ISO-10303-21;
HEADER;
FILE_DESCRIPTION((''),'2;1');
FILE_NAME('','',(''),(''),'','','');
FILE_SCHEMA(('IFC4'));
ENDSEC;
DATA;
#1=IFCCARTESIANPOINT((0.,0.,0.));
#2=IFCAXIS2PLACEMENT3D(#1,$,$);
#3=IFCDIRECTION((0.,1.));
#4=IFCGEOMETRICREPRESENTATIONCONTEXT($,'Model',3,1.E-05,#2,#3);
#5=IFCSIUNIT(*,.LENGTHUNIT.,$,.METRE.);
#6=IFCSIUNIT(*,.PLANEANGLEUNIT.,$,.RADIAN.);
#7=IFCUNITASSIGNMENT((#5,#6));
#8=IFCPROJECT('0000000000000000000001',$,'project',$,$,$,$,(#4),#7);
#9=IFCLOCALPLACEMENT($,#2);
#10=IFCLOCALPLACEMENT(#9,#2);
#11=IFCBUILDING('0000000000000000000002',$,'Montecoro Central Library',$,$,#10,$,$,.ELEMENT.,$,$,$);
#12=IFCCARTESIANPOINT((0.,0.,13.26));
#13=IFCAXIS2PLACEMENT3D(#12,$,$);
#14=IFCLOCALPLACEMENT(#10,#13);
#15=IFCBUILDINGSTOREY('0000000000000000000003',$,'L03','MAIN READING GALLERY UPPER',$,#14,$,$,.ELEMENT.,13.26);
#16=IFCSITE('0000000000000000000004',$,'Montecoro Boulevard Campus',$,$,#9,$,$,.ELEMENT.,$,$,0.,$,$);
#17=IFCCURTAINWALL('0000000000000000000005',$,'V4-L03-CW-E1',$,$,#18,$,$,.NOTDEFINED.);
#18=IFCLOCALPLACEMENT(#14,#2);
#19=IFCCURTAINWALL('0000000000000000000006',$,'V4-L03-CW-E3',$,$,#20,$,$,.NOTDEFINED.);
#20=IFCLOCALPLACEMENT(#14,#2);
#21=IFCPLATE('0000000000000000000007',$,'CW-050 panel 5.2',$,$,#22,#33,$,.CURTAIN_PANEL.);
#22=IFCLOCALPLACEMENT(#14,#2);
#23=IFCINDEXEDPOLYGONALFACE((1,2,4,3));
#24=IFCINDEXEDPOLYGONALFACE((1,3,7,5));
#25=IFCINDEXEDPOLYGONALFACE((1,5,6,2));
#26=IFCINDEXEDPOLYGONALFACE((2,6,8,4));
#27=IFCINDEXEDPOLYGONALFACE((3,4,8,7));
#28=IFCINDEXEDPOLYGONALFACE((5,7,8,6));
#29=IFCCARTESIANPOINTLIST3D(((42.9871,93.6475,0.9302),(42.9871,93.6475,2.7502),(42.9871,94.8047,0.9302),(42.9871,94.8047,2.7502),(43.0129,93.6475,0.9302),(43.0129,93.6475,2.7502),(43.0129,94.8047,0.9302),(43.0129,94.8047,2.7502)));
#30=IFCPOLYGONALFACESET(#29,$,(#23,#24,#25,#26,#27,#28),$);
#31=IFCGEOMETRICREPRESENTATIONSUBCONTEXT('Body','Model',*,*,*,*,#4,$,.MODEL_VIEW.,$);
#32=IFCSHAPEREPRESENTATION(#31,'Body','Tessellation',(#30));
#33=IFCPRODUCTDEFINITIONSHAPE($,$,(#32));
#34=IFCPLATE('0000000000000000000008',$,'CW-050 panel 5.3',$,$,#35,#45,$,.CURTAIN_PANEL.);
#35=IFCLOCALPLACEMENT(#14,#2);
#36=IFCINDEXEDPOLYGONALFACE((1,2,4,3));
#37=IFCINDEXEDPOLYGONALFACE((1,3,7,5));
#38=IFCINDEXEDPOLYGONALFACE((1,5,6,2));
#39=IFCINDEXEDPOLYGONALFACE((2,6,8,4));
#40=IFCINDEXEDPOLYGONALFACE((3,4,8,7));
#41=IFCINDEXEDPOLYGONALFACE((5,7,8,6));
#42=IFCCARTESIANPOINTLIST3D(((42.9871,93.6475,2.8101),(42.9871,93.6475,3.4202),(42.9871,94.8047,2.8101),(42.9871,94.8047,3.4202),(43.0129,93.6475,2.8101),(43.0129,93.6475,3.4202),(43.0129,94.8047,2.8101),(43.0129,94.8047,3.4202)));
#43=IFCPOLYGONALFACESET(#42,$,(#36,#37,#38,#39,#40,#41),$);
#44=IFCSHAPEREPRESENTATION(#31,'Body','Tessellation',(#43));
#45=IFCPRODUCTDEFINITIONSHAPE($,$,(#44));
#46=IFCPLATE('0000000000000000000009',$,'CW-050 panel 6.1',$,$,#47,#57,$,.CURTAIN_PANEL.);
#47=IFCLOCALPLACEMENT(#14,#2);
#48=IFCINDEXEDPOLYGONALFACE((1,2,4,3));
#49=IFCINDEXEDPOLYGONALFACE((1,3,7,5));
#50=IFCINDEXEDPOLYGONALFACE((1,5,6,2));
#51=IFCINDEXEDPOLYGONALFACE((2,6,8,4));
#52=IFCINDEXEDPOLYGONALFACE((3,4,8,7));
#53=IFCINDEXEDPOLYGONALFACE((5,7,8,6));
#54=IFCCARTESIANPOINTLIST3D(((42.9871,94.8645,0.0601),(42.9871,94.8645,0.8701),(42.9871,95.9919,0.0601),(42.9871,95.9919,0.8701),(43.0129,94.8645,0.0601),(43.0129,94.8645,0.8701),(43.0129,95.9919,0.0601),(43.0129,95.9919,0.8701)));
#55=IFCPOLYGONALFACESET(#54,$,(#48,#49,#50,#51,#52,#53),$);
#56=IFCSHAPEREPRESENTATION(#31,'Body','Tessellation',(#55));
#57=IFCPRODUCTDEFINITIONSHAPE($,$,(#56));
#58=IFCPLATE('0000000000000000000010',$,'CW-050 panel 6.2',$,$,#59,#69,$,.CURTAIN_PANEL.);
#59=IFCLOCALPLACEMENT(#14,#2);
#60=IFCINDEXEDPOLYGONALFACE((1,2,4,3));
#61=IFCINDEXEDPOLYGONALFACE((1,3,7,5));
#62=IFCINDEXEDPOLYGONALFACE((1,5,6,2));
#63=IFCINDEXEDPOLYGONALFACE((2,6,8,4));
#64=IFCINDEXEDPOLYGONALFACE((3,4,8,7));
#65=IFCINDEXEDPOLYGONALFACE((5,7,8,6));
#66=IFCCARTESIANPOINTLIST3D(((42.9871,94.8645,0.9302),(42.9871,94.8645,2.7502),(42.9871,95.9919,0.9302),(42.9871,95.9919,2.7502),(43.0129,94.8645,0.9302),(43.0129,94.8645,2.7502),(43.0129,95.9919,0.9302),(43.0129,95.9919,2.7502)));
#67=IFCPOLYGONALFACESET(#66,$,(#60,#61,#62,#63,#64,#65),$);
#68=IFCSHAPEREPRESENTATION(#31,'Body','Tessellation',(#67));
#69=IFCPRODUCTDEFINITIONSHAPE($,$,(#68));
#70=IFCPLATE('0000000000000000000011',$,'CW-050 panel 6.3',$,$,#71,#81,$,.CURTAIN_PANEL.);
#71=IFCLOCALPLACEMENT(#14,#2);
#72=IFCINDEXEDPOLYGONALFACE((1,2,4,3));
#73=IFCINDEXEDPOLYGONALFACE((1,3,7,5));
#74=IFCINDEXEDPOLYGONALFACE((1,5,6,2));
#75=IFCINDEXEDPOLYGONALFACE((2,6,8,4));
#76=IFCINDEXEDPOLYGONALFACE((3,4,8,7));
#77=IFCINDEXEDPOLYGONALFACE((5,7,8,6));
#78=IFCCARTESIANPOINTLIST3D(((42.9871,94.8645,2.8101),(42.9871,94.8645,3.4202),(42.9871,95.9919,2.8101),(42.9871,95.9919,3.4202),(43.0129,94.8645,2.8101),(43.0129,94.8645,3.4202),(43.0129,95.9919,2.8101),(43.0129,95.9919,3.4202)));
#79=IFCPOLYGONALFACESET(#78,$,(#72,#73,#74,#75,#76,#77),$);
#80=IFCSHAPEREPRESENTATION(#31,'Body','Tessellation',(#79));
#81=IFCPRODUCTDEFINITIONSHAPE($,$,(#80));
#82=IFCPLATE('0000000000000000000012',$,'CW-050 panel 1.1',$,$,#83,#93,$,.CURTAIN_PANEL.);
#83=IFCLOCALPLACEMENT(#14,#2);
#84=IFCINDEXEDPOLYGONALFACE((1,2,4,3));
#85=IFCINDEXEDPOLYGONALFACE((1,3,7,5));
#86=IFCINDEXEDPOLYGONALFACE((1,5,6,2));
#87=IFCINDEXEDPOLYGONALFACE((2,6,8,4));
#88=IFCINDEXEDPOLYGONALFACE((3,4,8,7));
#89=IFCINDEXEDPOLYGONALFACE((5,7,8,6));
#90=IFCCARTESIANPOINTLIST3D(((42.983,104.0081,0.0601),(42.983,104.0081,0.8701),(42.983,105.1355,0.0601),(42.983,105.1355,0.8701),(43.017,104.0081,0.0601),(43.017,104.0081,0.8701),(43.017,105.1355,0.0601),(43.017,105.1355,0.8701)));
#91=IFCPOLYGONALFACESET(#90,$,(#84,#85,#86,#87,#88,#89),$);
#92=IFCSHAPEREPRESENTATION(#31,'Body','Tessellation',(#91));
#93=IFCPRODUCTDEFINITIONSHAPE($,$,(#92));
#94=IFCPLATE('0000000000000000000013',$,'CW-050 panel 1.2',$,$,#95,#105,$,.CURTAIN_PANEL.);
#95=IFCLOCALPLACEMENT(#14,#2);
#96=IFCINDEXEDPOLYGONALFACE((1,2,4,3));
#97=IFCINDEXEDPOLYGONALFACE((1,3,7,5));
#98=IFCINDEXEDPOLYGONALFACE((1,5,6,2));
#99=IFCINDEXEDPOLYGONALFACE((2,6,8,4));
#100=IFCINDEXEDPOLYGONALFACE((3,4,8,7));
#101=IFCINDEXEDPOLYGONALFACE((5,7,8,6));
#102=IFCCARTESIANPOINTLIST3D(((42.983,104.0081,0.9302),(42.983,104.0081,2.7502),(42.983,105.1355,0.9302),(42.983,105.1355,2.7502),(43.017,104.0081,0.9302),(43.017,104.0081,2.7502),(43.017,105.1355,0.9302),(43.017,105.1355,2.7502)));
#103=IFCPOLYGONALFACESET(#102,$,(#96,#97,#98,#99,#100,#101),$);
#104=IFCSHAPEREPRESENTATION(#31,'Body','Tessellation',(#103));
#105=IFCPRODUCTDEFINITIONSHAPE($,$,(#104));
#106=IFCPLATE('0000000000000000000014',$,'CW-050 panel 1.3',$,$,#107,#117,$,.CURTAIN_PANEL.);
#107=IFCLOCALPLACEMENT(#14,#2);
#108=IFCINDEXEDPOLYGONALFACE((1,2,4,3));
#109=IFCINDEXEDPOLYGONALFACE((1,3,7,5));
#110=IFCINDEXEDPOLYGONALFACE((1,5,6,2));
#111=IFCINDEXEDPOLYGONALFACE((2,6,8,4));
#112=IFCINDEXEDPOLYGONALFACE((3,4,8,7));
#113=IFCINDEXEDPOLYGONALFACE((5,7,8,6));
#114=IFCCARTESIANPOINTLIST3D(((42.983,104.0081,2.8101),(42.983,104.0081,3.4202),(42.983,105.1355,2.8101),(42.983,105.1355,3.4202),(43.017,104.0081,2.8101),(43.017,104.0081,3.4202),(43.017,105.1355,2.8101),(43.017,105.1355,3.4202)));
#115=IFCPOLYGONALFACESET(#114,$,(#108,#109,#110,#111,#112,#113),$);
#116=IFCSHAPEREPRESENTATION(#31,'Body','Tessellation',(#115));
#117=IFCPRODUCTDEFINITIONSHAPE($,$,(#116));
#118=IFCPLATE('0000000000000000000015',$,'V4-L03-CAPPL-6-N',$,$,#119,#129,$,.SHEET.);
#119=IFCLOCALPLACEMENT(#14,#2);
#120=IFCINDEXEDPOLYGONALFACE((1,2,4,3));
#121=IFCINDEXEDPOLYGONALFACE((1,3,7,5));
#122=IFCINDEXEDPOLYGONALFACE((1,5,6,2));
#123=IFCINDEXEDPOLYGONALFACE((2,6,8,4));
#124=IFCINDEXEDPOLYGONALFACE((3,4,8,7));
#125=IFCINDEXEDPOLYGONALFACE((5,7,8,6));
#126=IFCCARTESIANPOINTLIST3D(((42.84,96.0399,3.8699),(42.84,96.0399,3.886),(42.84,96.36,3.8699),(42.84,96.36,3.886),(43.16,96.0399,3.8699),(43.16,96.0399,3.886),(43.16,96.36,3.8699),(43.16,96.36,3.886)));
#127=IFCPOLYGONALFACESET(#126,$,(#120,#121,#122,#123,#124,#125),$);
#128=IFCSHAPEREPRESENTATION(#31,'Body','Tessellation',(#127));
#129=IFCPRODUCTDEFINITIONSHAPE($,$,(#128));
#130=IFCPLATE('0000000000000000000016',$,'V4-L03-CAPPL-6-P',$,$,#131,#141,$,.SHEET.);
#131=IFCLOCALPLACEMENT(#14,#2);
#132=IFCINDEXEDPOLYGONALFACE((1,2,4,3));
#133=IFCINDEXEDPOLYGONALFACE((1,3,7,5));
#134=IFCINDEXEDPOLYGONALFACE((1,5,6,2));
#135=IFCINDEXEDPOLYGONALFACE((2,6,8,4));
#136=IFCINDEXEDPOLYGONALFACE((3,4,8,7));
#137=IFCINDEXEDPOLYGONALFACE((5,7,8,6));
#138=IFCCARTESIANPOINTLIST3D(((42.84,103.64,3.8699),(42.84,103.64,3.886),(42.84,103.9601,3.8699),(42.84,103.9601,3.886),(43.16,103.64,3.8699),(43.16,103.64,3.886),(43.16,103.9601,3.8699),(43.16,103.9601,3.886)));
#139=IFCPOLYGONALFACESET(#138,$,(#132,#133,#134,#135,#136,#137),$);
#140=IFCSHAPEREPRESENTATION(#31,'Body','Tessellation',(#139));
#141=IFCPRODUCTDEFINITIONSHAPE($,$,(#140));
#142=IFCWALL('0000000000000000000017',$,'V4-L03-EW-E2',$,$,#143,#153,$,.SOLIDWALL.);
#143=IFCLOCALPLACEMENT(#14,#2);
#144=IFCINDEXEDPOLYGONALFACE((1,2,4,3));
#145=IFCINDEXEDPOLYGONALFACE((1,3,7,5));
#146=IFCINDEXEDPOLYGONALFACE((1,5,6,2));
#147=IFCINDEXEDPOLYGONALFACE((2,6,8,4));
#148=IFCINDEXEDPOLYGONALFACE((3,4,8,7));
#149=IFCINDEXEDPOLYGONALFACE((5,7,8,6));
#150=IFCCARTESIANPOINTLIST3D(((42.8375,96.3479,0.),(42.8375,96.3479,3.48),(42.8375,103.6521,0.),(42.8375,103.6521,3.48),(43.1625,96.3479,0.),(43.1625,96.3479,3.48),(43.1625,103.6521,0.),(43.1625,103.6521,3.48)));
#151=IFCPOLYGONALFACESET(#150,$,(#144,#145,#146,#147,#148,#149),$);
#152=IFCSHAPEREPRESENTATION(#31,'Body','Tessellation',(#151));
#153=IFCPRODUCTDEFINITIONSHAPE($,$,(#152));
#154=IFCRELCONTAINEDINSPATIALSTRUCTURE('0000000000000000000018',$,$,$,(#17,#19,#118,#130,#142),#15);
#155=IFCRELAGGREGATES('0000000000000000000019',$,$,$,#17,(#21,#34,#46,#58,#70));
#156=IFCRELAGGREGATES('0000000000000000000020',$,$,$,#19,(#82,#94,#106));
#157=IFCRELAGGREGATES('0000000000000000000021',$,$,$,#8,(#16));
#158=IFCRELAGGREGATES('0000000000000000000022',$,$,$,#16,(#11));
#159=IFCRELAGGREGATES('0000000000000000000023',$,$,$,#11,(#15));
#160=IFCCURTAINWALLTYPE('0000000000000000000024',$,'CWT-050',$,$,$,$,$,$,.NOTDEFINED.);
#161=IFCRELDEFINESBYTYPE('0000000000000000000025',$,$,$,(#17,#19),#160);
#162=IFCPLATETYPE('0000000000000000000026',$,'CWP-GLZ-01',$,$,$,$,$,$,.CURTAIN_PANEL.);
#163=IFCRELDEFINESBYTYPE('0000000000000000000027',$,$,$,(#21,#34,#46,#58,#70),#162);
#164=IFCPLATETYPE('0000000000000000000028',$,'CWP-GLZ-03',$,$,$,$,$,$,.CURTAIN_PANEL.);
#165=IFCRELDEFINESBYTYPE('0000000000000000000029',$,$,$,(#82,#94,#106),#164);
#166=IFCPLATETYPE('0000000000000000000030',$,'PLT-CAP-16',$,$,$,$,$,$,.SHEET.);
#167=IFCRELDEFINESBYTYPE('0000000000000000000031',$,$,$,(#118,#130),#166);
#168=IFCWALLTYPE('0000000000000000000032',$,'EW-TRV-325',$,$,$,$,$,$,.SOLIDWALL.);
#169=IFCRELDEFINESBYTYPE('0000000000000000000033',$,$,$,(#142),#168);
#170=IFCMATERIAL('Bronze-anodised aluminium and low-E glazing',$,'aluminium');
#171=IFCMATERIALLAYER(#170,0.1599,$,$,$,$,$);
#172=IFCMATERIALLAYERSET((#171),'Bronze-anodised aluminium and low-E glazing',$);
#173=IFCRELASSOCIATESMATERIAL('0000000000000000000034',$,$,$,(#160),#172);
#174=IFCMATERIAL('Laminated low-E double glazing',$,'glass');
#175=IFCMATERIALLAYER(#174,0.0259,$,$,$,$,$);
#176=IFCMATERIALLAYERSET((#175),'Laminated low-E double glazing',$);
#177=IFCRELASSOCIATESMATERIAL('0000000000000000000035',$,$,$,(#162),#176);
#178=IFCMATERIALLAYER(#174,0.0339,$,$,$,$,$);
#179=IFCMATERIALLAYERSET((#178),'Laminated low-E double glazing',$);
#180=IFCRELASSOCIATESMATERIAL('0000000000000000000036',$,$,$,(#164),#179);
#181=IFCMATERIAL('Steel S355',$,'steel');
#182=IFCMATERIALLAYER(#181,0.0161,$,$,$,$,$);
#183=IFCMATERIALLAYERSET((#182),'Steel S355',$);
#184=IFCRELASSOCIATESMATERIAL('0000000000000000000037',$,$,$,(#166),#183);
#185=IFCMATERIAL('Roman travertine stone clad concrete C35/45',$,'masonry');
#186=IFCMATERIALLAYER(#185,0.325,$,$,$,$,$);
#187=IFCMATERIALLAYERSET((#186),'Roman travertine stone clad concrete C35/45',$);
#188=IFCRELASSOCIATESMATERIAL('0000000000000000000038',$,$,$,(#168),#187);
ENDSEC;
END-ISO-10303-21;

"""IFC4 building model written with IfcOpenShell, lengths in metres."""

from ifc_helpers import new_model, si_unit, direction, frame, frame_2d, origin, origin_2d, place, context, subcontext, project, spatial, rectangle, extrude, material, layer, layer_set, type_object, element, aggregate, save


model = new_model("IFC4")

# Units and contexts
model_context = context("Model", 3, precision=1e-05, world=origin(), true_north=direction((0.0, 1.0)))
body_context = subcontext(model_context, "Body", "Model", "MODEL_VIEW")
ifc_project = project(units=[si_unit("LENGTHUNIT", "METRE"), si_unit("PLANEANGLEUNIT", "RADIAN")], contexts=[model_context])

# Site, building, storey
site_placement = place(None, origin())
site = spatial("IfcSite", under=ifc_project, at=site_placement, Name="Montecoro Boulevard Campus", CompositionType="ELEMENT", RefElevation=0.0)
building_placement = place(site_placement, origin())
building = spatial("IfcBuilding", under=site, at=building_placement, Name="Montecoro Central Library", CompositionType="ELEMENT")
storey_placement = place(building_placement, frame((0.0, 0.0, 13.26)))
storey = spatial("IfcBuildingStorey", under=building, at=storey_placement, Name="L03", Description="MAIN READING GALLERY UPPER", CompositionType="ELEMENT", Elevation=13.26)

# Shared definitions
ifc_material_1 = material(Name="Steel S355", Category="steel")

# Curtain walls
ifc_material_2 = material(Name="Bronze-anodised aluminium and low-E glazing", Category="aluminium")
ifc_layer_1 = layer(ifc_material_2, 0.1599)
ifc_layer_set_1 = layer_set([ifc_layer_1], Name="Bronze-anodised aluminium and low-E glazing")
curtain_wall_type = type_object("IfcCurtainWallType", Name="CWT-050", PredefinedType="NOTDEFINED", material=ifc_layer_set_1)
curtain_wall_1_placement = place(storey_placement, origin())
curtain_wall_1 = element("IfcCurtainWall", 1, at=curtain_wall_1_placement, inside=storey, type_object=curtain_wall_type, Name="V4-L03-CW-E1", PredefinedType="NOTDEFINED")
curtain_wall_2_placement = place(storey_placement, origin())
curtain_wall_2 = element("IfcCurtainWall", 2, at=curtain_wall_2_placement, inside=storey, type_object=curtain_wall_type, Name="V4-L03-CW-E3", PredefinedType="NOTDEFINED")

# Plates
ifc_material_3 = material(Name="Laminated low-E double glazing", Category="glass")
ifc_layer_2 = layer(ifc_material_3, 0.0259)
ifc_layer_set_2 = layer_set([ifc_layer_2], Name="Laminated low-E double glazing")
plate_type_1 = type_object("IfcPlateType", Name="CWP-GLZ-01", PredefinedType="CURTAIN_PANEL", material=ifc_layer_set_2)
plate_1_placement = place(storey_placement, frame((43.0, 94.2261, 0.9302), z_axis=(0.0, 0.0, 1.0), x_axis=(0.0, 1.0, 0.0)))
plate_1 = element("IfcPlate", 3, at=plate_1_placement, type_object=plate_type_1, Name="CW-050 panel 5.2", PredefinedType="CURTAIN_PANEL", context=body_context, shape_type="SweptSolid", body=[
    extrude(rectangle(XDim=1.1572, YDim=0.0259, at=origin_2d()), origin(), (0.0, 0.0, 1.0), 1.8201),
])
plate_2_placement = place(storey_placement, frame((43.0, 94.2261, 2.8101), z_axis=(0.0, 0.0, 1.0), x_axis=(0.0, 1.0, 0.0)))
plate_2 = element("IfcPlate", 4, at=plate_2_placement, type_object=plate_type_1, Name="CW-050 panel 5.3", PredefinedType="CURTAIN_PANEL", context=body_context, shape_type="SweptSolid", body=[
    extrude(rectangle(XDim=1.1572, YDim=0.0259, at=origin_2d()), origin(), (0.0, 0.0, 1.0), 0.6101),
])
plate_3_placement = place(storey_placement, frame((43.0, 95.4282, 0.0601), z_axis=(0.0, 0.0, 1.0), x_axis=(0.0, 1.0, 0.0)))
plate_3 = element("IfcPlate", 5, at=plate_3_placement, type_object=plate_type_1, Name="CW-050 panel 6.1", PredefinedType="CURTAIN_PANEL", context=body_context, shape_type="SweptSolid", body=[
    extrude(rectangle(XDim=1.1274, YDim=0.0259, at=origin_2d()), origin(), (0.0, 0.0, 1.0), 0.8101),
])
plate_4_placement = place(storey_placement, frame((43.0, 95.4282, 0.9302), z_axis=(0.0, 0.0, 1.0), x_axis=(0.0, 1.0, 0.0)))
plate_4 = element("IfcPlate", 6, at=plate_4_placement, type_object=plate_type_1, Name="CW-050 panel 6.2", PredefinedType="CURTAIN_PANEL", context=body_context, shape_type="SweptSolid", body=[
    extrude(rectangle(XDim=1.1274, YDim=0.0259, at=origin_2d()), origin(), (0.0, 0.0, 1.0), 1.8201),
])
plate_5_placement = place(storey_placement, frame((43.0, 95.4282, 2.8101), z_axis=(0.0, 0.0, 1.0), x_axis=(0.0, 1.0, 0.0)))
plate_5 = element("IfcPlate", 7, at=plate_5_placement, type_object=plate_type_1, Name="CW-050 panel 6.3", PredefinedType="CURTAIN_PANEL", context=body_context, shape_type="SweptSolid", body=[
    extrude(rectangle(XDim=1.1274, YDim=0.0259, at=origin_2d()), origin(), (0.0, 0.0, 1.0), 0.6101),
])
aggregate(curtain_wall_1, [plate_1, plate_2, plate_3, plate_4, plate_5])
ifc_layer_3 = layer(ifc_material_3, 0.0339)
ifc_layer_set_3 = layer_set([ifc_layer_3], Name="Laminated low-E double glazing")
plate_type_2 = type_object("IfcPlateType", Name="CWP-GLZ-03", PredefinedType="CURTAIN_PANEL", material=ifc_layer_set_3)
plate_6_placement = place(storey_placement, frame((43.0, 104.5718, 0.0601), z_axis=(0.0, 0.0, 1.0), x_axis=(0.0, 1.0, 0.0)))
plate_6 = element("IfcPlate", 8, at=plate_6_placement, type_object=plate_type_2, Name="CW-050 panel 1.1", PredefinedType="CURTAIN_PANEL", context=body_context, shape_type="SweptSolid", body=[
    extrude(rectangle(XDim=1.1274, YDim=0.0339, at=origin_2d()), origin(), (0.0, 0.0, 1.0), 0.8101),
])
plate_7_placement = place(storey_placement, frame((43.0, 104.5718, 0.9302), z_axis=(0.0, 0.0, 1.0), x_axis=(0.0, 1.0, 0.0)))
plate_7 = element("IfcPlate", 9, at=plate_7_placement, type_object=plate_type_2, Name="CW-050 panel 1.2", PredefinedType="CURTAIN_PANEL", context=body_context, shape_type="SweptSolid", body=[
    extrude(rectangle(XDim=1.1274, YDim=0.0339, at=origin_2d()), origin(), (0.0, 0.0, 1.0), 1.8201),
])
plate_8_placement = place(storey_placement, frame((43.0, 104.5718, 2.8101), z_axis=(0.0, 0.0, 1.0), x_axis=(0.0, 1.0, 0.0)))
plate_8 = element("IfcPlate", 10, at=plate_8_placement, type_object=plate_type_2, Name="CW-050 panel 1.3", PredefinedType="CURTAIN_PANEL", context=body_context, shape_type="SweptSolid", body=[
    extrude(rectangle(XDim=1.1274, YDim=0.0339, at=origin_2d()), origin(), (0.0, 0.0, 1.0), 0.6101),
])
aggregate(curtain_wall_2, [plate_6, plate_7, plate_8])

# Plates
ifc_layer_4 = layer(ifc_material_1, 0.0161)
ifc_layer_set_4 = layer_set([ifc_layer_4], Name="Steel S355")
plate_type_3 = type_object("IfcPlateType", Name="PLT-CAP-16", PredefinedType="SHEET", material=ifc_layer_set_4)
for number, where, z_axis, x_axis, name in (
    (11, (43.0, 96.2, 3.8699), (0.0, 0.0, 1.0), (1.0, 0.0, 0.0), "V4-L03-CAPPL-6-N"),
    (12, (43.0, 103.8, 3.8699), (0.0, 0.0, 1.0), (1.0, 0.0, 0.0), "V4-L03-CAPPL-6-P"),
):
    element("IfcPlate", number, at=place(storey_placement, frame(where, z_axis=z_axis, x_axis=x_axis)), inside=storey, type_object=plate_type_3, Name=name, PredefinedType="SHEET", context=body_context, shape_type="SweptSolid", body=[
        extrude(rectangle(XDim=0.3201, YDim=0.3201, at=origin_2d()), origin(), (0.0, 0.0, 1.0), 0.0161),
    ])

# Wall
ifc_material_4 = material(Name="Roman travertine stone clad concrete C35/45", Category="masonry")
ifc_layer_5 = layer(ifc_material_4, 0.325)
ifc_layer_set_5 = layer_set([ifc_layer_5], Name="Roman travertine stone clad concrete C35/45")
wall_type = type_object("IfcWallType", Name="EW-TRV-325", PredefinedType="SOLIDWALL", material=ifc_layer_set_5)
wall_placement = place(storey_placement, frame((43.0, 96.3479, 0.0), z_axis=(0.0, 0.0, 1.0), x_axis=(0.0, 1.0, 0.0)))
element("IfcWall", 13, at=wall_placement, inside=storey, type_object=wall_type, Name="V4-L03-EW-E2", PredefinedType="SOLIDWALL", context=body_context, shape_type="SweptSolid", body=[
    extrude(rectangle(XDim=7.3042, YDim=0.325, at=frame_2d((3.6521, 0.0))), origin(), (0.0, 0.0, 1.0), 3.48),
])

save(model, "model.ifc")
